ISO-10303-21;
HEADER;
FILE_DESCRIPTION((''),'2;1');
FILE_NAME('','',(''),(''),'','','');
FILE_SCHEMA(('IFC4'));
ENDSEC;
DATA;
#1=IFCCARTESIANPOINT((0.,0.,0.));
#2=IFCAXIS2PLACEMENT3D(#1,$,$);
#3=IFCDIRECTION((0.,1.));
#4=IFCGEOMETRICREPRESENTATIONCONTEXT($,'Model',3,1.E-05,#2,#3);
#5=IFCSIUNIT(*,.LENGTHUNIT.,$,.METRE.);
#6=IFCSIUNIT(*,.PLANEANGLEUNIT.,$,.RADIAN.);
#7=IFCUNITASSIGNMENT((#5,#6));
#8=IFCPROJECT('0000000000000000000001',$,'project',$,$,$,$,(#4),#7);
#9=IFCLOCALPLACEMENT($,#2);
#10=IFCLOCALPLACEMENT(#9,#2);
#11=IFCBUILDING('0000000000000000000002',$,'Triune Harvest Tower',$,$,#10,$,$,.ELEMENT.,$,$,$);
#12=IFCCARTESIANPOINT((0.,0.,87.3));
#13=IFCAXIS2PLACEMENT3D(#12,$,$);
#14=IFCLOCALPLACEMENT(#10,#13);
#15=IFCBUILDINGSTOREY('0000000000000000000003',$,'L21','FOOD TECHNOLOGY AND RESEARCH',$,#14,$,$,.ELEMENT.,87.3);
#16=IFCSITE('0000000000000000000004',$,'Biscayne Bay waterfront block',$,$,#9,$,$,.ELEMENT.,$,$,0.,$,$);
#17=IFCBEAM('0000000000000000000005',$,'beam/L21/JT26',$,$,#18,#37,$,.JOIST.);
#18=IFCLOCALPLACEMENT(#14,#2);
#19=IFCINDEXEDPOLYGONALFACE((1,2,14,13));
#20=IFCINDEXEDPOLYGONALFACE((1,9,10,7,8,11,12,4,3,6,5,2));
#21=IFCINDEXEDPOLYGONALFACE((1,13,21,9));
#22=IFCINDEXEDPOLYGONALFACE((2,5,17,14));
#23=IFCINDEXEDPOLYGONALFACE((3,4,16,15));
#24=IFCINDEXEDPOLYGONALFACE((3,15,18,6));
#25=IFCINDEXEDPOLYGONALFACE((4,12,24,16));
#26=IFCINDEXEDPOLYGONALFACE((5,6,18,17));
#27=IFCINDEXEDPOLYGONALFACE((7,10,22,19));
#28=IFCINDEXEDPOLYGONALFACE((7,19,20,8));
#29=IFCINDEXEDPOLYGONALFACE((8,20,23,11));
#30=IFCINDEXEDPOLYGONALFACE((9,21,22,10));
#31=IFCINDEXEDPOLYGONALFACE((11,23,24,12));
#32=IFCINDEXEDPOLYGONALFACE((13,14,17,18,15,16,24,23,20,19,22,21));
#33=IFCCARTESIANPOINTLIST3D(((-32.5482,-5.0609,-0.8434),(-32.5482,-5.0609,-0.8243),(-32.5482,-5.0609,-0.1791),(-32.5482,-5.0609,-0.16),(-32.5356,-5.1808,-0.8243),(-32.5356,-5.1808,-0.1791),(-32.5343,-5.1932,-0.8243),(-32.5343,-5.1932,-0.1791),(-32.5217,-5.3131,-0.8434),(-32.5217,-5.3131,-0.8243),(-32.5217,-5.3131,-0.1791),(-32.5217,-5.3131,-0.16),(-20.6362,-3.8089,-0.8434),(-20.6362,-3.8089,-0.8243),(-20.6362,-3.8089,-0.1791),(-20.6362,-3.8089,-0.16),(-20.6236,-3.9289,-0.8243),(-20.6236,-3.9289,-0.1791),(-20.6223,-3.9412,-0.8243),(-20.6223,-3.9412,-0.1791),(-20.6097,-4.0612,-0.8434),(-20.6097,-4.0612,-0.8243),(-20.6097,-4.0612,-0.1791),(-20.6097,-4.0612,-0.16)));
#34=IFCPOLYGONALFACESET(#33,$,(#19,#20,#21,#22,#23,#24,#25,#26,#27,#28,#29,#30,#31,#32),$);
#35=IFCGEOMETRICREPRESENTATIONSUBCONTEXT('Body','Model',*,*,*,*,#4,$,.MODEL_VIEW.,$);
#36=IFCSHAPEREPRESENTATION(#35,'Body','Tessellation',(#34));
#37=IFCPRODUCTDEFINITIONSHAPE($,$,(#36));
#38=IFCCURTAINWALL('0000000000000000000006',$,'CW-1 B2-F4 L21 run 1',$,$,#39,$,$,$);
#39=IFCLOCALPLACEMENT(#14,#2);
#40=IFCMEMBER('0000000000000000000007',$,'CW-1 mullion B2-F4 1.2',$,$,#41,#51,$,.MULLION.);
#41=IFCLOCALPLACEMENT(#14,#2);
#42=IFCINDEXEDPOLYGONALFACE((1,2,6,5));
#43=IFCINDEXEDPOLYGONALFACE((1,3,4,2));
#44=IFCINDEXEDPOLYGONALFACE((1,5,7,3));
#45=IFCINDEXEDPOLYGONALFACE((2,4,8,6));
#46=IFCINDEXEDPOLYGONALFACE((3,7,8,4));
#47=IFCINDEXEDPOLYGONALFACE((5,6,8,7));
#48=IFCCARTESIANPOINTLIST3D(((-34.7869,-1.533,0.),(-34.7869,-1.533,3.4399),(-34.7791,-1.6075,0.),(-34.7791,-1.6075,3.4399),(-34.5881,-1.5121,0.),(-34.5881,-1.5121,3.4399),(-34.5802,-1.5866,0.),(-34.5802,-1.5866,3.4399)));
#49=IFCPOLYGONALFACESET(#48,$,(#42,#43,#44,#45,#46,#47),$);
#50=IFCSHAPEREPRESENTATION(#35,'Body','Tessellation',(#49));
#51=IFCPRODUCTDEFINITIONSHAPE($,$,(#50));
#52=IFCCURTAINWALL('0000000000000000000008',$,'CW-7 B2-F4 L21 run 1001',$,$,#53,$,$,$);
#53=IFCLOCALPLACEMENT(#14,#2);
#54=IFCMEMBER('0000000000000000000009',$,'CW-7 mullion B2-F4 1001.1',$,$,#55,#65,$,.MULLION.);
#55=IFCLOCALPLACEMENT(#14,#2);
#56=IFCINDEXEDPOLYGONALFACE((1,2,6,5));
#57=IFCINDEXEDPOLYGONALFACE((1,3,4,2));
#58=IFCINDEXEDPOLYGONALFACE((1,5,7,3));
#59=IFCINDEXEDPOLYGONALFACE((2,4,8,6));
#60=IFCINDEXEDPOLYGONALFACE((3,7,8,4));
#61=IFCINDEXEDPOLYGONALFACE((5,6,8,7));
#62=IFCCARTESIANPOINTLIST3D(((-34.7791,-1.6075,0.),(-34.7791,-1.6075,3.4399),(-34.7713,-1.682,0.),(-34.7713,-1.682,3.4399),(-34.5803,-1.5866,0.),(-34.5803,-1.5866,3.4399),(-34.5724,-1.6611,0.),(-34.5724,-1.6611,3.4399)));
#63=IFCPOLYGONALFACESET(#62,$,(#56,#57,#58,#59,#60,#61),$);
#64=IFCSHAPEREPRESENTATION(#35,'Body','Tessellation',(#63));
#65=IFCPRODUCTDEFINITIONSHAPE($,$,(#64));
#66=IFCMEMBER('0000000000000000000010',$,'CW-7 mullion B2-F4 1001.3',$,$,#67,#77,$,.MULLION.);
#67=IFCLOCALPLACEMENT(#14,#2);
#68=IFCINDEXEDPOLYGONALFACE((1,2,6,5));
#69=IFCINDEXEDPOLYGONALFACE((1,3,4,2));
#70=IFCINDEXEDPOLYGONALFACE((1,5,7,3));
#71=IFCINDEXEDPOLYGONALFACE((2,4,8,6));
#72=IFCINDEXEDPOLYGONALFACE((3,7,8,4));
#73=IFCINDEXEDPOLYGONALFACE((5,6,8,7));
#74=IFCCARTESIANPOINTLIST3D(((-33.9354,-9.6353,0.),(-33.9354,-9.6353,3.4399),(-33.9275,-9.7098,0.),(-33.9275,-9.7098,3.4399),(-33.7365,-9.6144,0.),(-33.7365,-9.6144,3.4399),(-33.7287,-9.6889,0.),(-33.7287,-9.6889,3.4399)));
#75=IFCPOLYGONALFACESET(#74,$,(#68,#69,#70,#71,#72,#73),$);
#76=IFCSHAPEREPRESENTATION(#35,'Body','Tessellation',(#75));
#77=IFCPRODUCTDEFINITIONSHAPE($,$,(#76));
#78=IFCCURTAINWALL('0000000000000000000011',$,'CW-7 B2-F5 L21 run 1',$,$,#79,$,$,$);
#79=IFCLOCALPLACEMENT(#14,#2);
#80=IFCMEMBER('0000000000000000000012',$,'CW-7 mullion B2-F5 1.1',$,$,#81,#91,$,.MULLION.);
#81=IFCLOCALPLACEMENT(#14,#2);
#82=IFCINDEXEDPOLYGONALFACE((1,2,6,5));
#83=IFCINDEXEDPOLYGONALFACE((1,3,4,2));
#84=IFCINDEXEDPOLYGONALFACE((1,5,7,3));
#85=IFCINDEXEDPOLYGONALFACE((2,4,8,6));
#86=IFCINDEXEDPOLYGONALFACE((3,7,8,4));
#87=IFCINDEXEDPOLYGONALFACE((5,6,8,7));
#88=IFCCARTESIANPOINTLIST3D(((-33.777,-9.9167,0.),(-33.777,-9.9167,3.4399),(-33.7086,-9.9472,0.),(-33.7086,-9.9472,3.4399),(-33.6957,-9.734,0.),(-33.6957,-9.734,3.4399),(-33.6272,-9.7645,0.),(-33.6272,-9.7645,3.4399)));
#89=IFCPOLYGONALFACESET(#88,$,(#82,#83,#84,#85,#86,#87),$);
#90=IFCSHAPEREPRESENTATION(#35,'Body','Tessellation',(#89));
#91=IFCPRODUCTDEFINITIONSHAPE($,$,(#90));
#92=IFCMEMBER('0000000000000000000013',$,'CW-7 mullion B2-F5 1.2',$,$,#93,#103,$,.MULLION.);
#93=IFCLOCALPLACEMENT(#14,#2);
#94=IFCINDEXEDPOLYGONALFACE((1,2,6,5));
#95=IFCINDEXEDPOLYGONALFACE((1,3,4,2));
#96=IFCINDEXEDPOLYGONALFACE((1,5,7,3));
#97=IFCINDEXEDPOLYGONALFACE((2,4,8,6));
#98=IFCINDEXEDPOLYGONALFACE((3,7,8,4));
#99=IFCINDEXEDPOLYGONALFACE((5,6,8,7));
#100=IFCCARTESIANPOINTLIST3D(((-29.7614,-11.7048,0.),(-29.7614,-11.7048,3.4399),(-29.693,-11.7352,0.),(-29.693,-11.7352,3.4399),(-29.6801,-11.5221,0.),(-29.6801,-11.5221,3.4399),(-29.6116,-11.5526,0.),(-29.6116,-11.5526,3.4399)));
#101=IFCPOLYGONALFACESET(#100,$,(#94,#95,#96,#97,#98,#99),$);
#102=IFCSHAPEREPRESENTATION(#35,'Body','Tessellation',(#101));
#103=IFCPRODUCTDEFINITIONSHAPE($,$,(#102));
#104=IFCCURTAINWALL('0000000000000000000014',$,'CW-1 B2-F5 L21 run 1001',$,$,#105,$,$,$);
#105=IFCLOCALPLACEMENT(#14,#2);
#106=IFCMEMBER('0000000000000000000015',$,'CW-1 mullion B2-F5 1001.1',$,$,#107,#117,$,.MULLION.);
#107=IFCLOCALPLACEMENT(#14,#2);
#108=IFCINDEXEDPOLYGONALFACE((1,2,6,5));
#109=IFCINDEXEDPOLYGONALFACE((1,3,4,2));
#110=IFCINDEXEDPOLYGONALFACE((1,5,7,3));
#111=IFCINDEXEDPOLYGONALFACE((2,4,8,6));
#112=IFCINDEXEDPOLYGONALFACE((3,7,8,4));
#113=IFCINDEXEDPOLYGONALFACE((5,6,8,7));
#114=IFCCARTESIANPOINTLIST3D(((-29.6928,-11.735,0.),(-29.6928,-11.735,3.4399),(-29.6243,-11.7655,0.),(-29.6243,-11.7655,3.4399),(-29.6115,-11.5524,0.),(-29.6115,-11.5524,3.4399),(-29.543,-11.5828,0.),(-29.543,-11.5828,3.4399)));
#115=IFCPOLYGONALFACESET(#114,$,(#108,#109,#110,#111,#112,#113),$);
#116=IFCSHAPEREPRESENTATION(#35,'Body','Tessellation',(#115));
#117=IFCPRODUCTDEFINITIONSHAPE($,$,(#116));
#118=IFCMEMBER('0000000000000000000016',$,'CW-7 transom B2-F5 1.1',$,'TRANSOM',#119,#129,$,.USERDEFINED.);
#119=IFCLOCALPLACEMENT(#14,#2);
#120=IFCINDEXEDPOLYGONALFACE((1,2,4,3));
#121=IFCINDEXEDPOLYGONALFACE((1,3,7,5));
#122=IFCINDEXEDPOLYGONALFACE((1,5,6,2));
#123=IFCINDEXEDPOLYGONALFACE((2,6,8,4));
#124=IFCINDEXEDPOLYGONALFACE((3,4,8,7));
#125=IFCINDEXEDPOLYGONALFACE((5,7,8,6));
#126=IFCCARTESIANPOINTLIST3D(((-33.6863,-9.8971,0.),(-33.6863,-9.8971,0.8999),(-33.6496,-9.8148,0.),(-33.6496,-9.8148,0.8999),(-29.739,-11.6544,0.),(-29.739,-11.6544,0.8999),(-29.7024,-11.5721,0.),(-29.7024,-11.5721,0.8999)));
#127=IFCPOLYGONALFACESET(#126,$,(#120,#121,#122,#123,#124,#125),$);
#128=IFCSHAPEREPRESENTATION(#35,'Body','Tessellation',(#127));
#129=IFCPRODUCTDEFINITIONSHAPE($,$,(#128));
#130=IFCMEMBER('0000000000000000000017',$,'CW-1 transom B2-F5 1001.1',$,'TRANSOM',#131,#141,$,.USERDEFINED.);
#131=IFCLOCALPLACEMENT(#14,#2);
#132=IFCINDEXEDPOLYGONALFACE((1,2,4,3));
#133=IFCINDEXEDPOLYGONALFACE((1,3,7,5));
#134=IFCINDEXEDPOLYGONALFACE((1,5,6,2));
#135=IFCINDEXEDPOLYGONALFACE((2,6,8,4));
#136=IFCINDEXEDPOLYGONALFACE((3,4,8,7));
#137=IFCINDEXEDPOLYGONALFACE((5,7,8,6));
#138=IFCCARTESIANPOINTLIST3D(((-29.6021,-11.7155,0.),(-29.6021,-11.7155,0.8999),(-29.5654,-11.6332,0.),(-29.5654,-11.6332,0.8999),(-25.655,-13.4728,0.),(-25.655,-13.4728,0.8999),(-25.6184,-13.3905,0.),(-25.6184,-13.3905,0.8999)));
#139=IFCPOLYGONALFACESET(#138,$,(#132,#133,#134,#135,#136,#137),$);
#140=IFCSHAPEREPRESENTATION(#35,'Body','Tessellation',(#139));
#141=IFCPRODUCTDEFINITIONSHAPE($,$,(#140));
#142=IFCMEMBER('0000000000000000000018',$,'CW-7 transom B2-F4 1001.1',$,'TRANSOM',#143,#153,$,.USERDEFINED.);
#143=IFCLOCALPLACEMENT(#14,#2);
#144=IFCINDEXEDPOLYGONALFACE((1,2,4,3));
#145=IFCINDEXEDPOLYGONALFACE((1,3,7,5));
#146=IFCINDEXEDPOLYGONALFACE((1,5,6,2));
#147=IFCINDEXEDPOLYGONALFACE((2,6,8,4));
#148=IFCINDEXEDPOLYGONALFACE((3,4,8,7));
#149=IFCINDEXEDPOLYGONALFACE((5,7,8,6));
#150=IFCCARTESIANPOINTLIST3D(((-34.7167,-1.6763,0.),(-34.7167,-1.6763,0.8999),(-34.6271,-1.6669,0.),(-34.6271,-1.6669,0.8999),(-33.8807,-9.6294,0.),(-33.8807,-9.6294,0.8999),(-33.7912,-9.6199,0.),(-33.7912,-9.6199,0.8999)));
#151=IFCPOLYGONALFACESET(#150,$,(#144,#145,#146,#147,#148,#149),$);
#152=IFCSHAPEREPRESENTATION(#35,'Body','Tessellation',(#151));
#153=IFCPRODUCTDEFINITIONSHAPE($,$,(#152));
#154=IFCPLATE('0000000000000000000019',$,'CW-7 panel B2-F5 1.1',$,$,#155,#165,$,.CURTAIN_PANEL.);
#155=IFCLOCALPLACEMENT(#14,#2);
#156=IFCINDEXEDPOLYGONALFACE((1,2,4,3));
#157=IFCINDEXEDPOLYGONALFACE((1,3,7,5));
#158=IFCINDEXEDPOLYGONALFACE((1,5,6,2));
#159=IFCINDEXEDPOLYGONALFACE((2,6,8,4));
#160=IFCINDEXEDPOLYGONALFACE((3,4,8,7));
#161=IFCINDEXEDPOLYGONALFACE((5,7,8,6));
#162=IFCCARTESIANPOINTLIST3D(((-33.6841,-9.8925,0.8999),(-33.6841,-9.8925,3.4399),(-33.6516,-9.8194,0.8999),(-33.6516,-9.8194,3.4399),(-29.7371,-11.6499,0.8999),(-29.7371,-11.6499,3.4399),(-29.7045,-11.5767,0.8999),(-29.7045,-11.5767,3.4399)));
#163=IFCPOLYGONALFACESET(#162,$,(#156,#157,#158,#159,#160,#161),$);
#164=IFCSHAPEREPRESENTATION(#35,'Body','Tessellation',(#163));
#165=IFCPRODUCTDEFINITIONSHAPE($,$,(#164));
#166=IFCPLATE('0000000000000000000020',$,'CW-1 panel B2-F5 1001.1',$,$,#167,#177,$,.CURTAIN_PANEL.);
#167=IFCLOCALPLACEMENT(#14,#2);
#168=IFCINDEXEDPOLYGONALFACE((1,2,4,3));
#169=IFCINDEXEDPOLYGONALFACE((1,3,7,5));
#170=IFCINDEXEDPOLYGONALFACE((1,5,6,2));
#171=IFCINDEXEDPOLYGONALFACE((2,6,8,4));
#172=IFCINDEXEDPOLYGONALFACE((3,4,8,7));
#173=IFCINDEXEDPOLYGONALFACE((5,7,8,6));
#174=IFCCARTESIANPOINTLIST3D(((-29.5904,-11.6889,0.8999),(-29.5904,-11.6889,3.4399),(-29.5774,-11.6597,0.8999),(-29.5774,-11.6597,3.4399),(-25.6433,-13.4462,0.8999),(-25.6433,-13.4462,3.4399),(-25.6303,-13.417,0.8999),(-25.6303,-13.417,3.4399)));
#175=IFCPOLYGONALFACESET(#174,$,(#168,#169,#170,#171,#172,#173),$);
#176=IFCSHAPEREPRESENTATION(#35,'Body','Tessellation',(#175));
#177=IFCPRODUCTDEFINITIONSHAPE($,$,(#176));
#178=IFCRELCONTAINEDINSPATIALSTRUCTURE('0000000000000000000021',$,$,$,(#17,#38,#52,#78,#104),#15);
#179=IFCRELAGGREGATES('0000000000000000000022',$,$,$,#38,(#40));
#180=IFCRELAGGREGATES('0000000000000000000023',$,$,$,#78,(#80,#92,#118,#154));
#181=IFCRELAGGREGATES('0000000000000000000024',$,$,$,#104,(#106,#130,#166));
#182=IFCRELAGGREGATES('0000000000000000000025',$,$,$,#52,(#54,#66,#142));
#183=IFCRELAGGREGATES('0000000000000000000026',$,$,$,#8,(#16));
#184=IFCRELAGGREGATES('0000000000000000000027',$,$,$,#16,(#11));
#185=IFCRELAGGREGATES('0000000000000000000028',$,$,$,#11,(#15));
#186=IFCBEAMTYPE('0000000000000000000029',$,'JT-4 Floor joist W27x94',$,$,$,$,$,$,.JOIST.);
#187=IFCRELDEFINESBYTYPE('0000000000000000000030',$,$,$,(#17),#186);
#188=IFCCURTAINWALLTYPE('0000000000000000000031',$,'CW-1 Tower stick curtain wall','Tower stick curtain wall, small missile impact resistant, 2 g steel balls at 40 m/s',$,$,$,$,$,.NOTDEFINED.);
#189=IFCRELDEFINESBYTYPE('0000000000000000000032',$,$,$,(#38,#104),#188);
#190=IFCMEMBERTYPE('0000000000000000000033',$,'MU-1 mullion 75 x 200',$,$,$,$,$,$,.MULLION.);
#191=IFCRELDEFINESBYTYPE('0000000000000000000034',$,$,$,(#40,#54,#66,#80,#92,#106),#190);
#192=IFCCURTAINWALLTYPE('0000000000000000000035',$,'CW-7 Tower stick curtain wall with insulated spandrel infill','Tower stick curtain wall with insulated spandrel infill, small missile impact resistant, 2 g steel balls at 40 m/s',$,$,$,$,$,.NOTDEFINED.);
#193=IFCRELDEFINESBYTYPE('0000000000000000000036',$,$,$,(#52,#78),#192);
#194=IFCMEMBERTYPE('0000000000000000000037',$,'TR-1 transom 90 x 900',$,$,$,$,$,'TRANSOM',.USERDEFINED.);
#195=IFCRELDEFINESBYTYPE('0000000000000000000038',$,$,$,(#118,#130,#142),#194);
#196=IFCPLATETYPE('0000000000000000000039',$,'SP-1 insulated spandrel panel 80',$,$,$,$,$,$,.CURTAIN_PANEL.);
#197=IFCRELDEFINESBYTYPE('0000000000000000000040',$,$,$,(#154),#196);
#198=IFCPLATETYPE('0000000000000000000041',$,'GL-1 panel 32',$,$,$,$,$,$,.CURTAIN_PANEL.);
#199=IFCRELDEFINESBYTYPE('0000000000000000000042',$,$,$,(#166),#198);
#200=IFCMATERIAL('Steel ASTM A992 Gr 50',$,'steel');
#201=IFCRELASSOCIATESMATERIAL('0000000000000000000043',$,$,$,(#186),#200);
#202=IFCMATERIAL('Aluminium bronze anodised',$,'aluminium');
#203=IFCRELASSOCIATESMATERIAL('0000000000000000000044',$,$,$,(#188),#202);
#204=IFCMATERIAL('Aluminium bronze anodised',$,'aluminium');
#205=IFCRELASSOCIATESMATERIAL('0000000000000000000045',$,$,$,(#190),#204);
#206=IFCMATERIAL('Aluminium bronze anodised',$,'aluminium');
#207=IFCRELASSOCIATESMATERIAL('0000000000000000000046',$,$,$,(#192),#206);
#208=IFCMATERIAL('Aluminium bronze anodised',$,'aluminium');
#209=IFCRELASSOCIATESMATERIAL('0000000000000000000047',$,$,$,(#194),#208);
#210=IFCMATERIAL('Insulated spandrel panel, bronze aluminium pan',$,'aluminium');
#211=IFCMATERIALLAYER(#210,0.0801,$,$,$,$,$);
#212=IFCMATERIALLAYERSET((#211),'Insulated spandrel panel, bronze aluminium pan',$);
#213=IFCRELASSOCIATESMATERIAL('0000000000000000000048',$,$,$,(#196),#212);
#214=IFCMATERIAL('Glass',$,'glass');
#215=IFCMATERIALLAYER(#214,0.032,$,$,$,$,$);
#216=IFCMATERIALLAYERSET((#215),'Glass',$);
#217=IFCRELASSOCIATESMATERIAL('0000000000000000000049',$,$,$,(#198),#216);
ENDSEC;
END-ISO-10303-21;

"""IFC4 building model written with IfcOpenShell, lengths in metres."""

from ifc_helpers import new_model, si_unit, direction, frame, origin, origin_2d, place, context, subcontext, project, spatial, rectangle, i_section, extrude, source, transform, mapped, material, layer, layer_set, material_profile, profile_set, type_object, element, aggregate, save


model = new_model("IFC4")

# Units and contexts
model_context = context("Model", 3, precision=1e-05, world=origin(), true_north=direction((0.0, 1.0)))
body_context = subcontext(model_context, "Body", "Model", "MODEL_VIEW")
ifc_project = project(units=[si_unit("LENGTHUNIT", "METRE"), si_unit("PLANEANGLEUNIT", "RADIAN")], contexts=[model_context])

# Site, building, storey
site_placement = place(None, origin())
site = spatial("IfcSite", under=ifc_project, at=site_placement, Name="Biscayne Bay waterfront block", CompositionType="ELEMENT", RefElevation=0.0)
building_placement = place(site_placement, origin())
building = spatial("IfcBuilding", under=site, at=building_placement, Name="Triune Harvest Tower", CompositionType="ELEMENT")
storey_placement = place(building_placement, frame((0.0, 0.0, 87.3)))
storey = spatial("IfcBuildingStorey", under=building, at=storey_placement, Name="L21", Description="FOOD TECHNOLOGY AND RESEARCH", CompositionType="ELEMENT", Elevation=87.3)

# Beam
ifc_material_1 = material(Name="Steel ASTM A992 Gr 50", Category="steel")
ifc_material_profile_1 = material_profile(ifc_material_1, i_section(OverallWidth=0.2537, OverallDepth=0.6833, WebThickness=0.0125, FlangeThickness=0.019, at=origin_2d()), Name="W27x94")
ifc_profile_set_1 = profile_set([ifc_material_profile_1], Name="Steel ASTM A992 Gr 50")
beam_type_1 = type_object("IfcBeamType", Name="JT-4 Floor joist W27x94", PredefinedType="JOIST", material=ifc_profile_set_1)
shared_shape_1 = source(origin(), body_context, "Body", "SweptSolid", [
    extrude(i_section(OverallWidth=0.2537, OverallDepth=0.6833, WebThickness=0.0125, FlangeThickness=0.019, at=origin_2d()), origin(), (0.0, 0.0, 1.0), 11.9775),
])
beam_1_placement = place(storey_placement, frame((-32.5349, -5.187, -0.5017), z_axis=(0.994522, 0.104526, 0.0), x_axis=(-0.104526, 0.994522, 0.0)))
element("IfcBeam", 1, at=beam_1_placement, inside=storey, type_object=beam_type_1, Name="beam/L21/JT26", PredefinedType="JOIST", context=body_context, shape_type="MappedRepresentation", body=[
    mapped(shared_shape_1, transform((0.0, 0.0, 0.0), scale=1.0)),
])

# Curtain wall, member
ifc_material_2 = material(Name="Aluminium bronze anodised", Category="aluminium")
curtain_wall_type_1 = type_object("IfcCurtainWallType", Name="CW-1 Tower stick curtain wall", Description="Tower stick curtain wall, small missile impact resistant, 2 g steel balls at 40 m/s", PredefinedType="NOTDEFINED", material=ifc_material_2)
curtain_wall_1_placement = place(storey_placement, origin())
curtain_wall_1 = element("IfcCurtainWall", 2, at=curtain_wall_1_placement, inside=storey, type_object=curtain_wall_type_1, Name="CW-1 B2-F4 L21 run 1")
ifc_material_3 = material(Name="Aluminium bronze anodised", Category="aluminium")
ifc_material_profile_2 = material_profile(ifc_material_3, rectangle(XDim=0.2, YDim=0.075, at=origin_2d()), Name="MU-1 mullion 75 x 200")
ifc_profile_set_2 = profile_set([ifc_material_profile_2], Name="Aluminium bronze anodised")
member_type_1 = type_object("IfcMemberType", Name="MU-1 mullion 75 x 200", PredefinedType="MULLION", material=ifc_profile_set_2)
shared_shape_2 = source(origin(), body_context, "Body", "SweptSolid", [
    extrude(rectangle(XDim=0.2, YDim=0.075, at=origin_2d()), origin(), (0.0, 0.0, 1.0), 3.4399),
])
member_1_placement = place(storey_placement, frame((-34.6836, -1.5598, 0.0), z_axis=(0.0, 0.0, 1.0), x_axis=(0.994522, 0.10453, 0.0)))
member_1 = element("IfcMember", 3, at=member_1_placement, type_object=member_type_1, Name="CW-1 mullion B2-F4 1.2", PredefinedType="MULLION", context=body_context, shape_type="MappedRepresentation", body=[
    mapped(shared_shape_2, transform((0.0, 0.0, 0.0), scale=1.0)),
])
aggregate(curtain_wall_1, [member_1])

# Curtain walls, members
ifc_material_4 = material(Name="Aluminium bronze anodised", Category="aluminium")
curtain_wall_type_2 = type_object("IfcCurtainWallType", Name="CW-7 Tower stick curtain wall with insulated spandrel infill", Description="Tower stick curtain wall with insulated spandrel infill, small missile impact resistant, 2 g steel balls at 40 m/s", PredefinedType="NOTDEFINED", material=ifc_material_4)
curtain_wall_2_placement = place(storey_placement, origin())
curtain_wall_2 = element("IfcCurtainWall", 4, at=curtain_wall_2_placement, inside=storey, type_object=curtain_wall_type_2, Name="CW-7 B2-F4 L21 run 1001")
member_2_placement = place(storey_placement, frame((-34.6758, -1.6343, 0.0), z_axis=(0.0, 0.0, 1.0), x_axis=(0.994522, 0.104529, 0.0)))
member_2 = element("IfcMember", 5, at=member_2_placement, type_object=member_type_1, Name="CW-7 mullion B2-F4 1001.1", PredefinedType="MULLION", context=body_context, shape_type="MappedRepresentation", body=[
    mapped(shared_shape_2, transform((0.0, 0.0, 0.0), scale=1.0)),
])
member_3_placement = place(storey_placement, frame((-33.832, -9.6621, 0.0), z_axis=(0.0, 0.0, 1.0), x_axis=(0.994522, 0.104529, 0.0)))
member_3 = element("IfcMember", 6, at=member_3_placement, type_object=member_type_1, Name="CW-7 mullion B2-F4 1001.3", PredefinedType="MULLION", context=body_context, shape_type="MappedRepresentation", body=[
    mapped(shared_shape_2, transform((0.0, 0.0, 0.0), scale=1.0)),
])
curtain_wall_3_placement = place(storey_placement, origin())
curtain_wall_3 = element("IfcCurtainWall", 7, at=curtain_wall_3_placement, inside=storey, type_object=curtain_wall_type_2, Name="CW-7 B2-F5 L21 run 1")
member_4_placement = place(storey_placement, frame((-33.7021, -9.8406, 0.0), z_axis=(0.0, 0.0, 1.0), x_axis=(0.406745, 0.913542, 0.0)))
member_4 = element("IfcMember", 8, at=member_4_placement, type_object=member_type_1, Name="CW-7 mullion B2-F5 1.1", PredefinedType="MULLION", context=body_context, shape_type="MappedRepresentation", body=[
    mapped(shared_shape_2, transform((0.0, 0.0, 0.0), scale=1.0)),
])
member_5_placement = place(storey_placement, frame((-29.6865, -11.6287, 0.0), z_axis=(0.0, 0.0, 1.0), x_axis=(0.406745, 0.913542, 0.0)))
member_5 = element("IfcMember", 9, at=member_5_placement, type_object=member_type_1, Name="CW-7 mullion B2-F5 1.2", PredefinedType="MULLION", context=body_context, shape_type="MappedRepresentation", body=[
    mapped(shared_shape_2, transform((0.0, 0.0, 0.0), scale=1.0)),
])

# Curtain wall, member
curtain_wall_4_placement = place(storey_placement, origin())
curtain_wall_4 = element("IfcCurtainWall", 10, at=curtain_wall_4_placement, inside=storey, type_object=curtain_wall_type_1, Name="CW-1 B2-F5 L21 run 1001")
member_6_placement = place(storey_placement, frame((-29.6179, -11.6589, 0.0), z_axis=(0.0, 0.0, 1.0), x_axis=(0.406726, 0.91355, 0.0)))
member_6 = element("IfcMember", 11, at=member_6_placement, type_object=member_type_1, Name="CW-1 mullion B2-F5 1001.1", PredefinedType="MULLION", context=body_context, shape_type="MappedRepresentation", body=[
    mapped(shared_shape_2, transform((0.0, 0.0, 0.0), scale=1.0)),
])

# Members
ifc_material_5 = material(Name="Aluminium bronze anodised", Category="aluminium")
ifc_material_profile_3 = material_profile(ifc_material_5, rectangle(XDim=0.0901, YDim=0.8999, at=origin_2d()), Name="TR-1 transom 90 x 900")
ifc_profile_set_3 = profile_set([ifc_material_profile_3], Name="Aluminium bronze anodised")
member_type_2 = type_object("IfcMemberType", Name="TR-1 transom 90 x 900", ElementType="TRANSOM", PredefinedType="USERDEFINED", material=ifc_profile_set_3)
shared_shape_3 = source(origin(), body_context, "Body", "SweptSolid", [
    extrude(rectangle(XDim=0.0901, YDim=0.8999, at=origin_2d()), origin(), (0.0, 0.0, 1.0), 4.3208),
])
member_7_placement = place(storey_placement, frame((-33.668, -9.856, 0.45), z_axis=(0.913555, -0.406715, 0.0), x_axis=(0.406715, 0.913555, 0.0)))
member_7 = element("IfcMember", 12, at=member_7_placement, type_object=member_type_2, Name="CW-7 transom B2-F5 1.1", ObjectType="TRANSOM", PredefinedType="USERDEFINED", context=body_context, shape_type="MappedRepresentation", body=[
    mapped(shared_shape_3, transform((0.0, 0.0, 0.0), scale=1.0)),
])
shared_shape_4 = source(origin(), body_context, "Body", "SweptSolid", [
    extrude(rectangle(XDim=0.0901, YDim=0.8999, at=origin_2d()), origin(), (0.0, 0.0, 1.0), 4.3206),
])
member_8_placement = place(storey_placement, frame((-29.5837, -11.6743, 0.45), z_axis=(0.913546, -0.406736, 0.0), x_axis=(0.406736, 0.913546, 0.0)))
member_8 = element("IfcMember", 13, at=member_8_placement, type_object=member_type_2, Name="CW-1 transom B2-F5 1001.1", ObjectType="TRANSOM", PredefinedType="USERDEFINED", context=body_context, shape_type="MappedRepresentation", body=[
    mapped(shared_shape_4, transform((0.0, 0.0, 0.0), scale=1.0)),
])
shared_shape_5 = source(origin(), body_context, "Body", "SweptSolid", [
    extrude(rectangle(XDim=0.0901, YDim=0.8999, at=origin_2d()), origin(), (0.0, 0.0, 1.0), 7.9968),
])
member_9_placement = place(storey_placement, frame((-34.6719, -1.6716, 0.45), z_axis=(0.104532, -0.994522, 0.0), x_axis=(0.994522, 0.104532, 0.0)))
member_9 = element("IfcMember", 14, at=member_9_placement, type_object=member_type_2, Name="CW-7 transom B2-F4 1001.1", ObjectType="TRANSOM", PredefinedType="USERDEFINED", context=body_context, shape_type="MappedRepresentation", body=[
    mapped(shared_shape_5, transform((0.0, 0.0, 0.0), scale=1.0)),
])

# Plates
ifc_material_6 = material(Name="Insulated spandrel panel, bronze aluminium pan", Category="aluminium")
ifc_layer_1 = layer(ifc_material_6, 0.0801)
ifc_layer_set_1 = layer_set([ifc_layer_1], Name="Insulated spandrel panel, bronze aluminium pan")
plate_type_1 = type_object("IfcPlateType", Name="SP-1 insulated spandrel panel 80", PredefinedType="CURTAIN_PANEL", material=ifc_layer_set_1)
shared_shape_6 = source(origin(), body_context, "Body", "SweptSolid", [
    extrude(rectangle(XDim=4.3206, YDim=0.0801, at=origin_2d()), origin(), (0.0, 0.0, 1.0), 2.54),
])
plate_1_placement = place(storey_placement, frame((-31.6943, -10.7346, 0.8999), z_axis=(0.0, 0.0, 1.0), x_axis=(0.913542, -0.406745, 0.0)))
plate_1 = element("IfcPlate", 15, at=plate_1_placement, type_object=plate_type_1, Name="CW-7 panel B2-F5 1.1", PredefinedType="CURTAIN_PANEL", context=body_context, shape_type="MappedRepresentation", body=[
    mapped(shared_shape_6, transform((0.0, 0.0, 0.0), scale=1.0)),
])
aggregate(curtain_wall_3, [member_4, member_5, member_7, plate_1])
ifc_material_7 = material(Name="Glass", Category="glass")
ifc_layer_2 = layer(ifc_material_7, 0.032)
ifc_layer_set_2 = layer_set([ifc_layer_2], Name="Glass")
plate_type_2 = type_object("IfcPlateType", Name="GL-1 panel 32", PredefinedType="CURTAIN_PANEL", material=ifc_layer_set_2)
shared_shape_7 = source(origin(), body_context, "Body", "SweptSolid", [
    extrude(rectangle(XDim=4.3206, YDim=0.032, at=origin_2d()), origin(), (0.0, 0.0, 1.0), 2.54),
])
plate_2_placement = place(storey_placement, frame((-27.6104, -12.553, 0.8999), z_axis=(0.0, 0.0, 1.0), x_axis=(0.91355, -0.406726, 0.0)))
plate_2 = element("IfcPlate", 16, at=plate_2_placement, type_object=plate_type_2, Name="CW-1 panel B2-F5 1001.1", PredefinedType="CURTAIN_PANEL", context=body_context, shape_type="MappedRepresentation", body=[
    mapped(shared_shape_7, transform((0.0, 0.0, 0.0), scale=1.0)),
])
aggregate(curtain_wall_4, [member_6, member_8, plate_2])
aggregate(curtain_wall_2, [member_2, member_3, member_9])

save(model, "model.ifc")
